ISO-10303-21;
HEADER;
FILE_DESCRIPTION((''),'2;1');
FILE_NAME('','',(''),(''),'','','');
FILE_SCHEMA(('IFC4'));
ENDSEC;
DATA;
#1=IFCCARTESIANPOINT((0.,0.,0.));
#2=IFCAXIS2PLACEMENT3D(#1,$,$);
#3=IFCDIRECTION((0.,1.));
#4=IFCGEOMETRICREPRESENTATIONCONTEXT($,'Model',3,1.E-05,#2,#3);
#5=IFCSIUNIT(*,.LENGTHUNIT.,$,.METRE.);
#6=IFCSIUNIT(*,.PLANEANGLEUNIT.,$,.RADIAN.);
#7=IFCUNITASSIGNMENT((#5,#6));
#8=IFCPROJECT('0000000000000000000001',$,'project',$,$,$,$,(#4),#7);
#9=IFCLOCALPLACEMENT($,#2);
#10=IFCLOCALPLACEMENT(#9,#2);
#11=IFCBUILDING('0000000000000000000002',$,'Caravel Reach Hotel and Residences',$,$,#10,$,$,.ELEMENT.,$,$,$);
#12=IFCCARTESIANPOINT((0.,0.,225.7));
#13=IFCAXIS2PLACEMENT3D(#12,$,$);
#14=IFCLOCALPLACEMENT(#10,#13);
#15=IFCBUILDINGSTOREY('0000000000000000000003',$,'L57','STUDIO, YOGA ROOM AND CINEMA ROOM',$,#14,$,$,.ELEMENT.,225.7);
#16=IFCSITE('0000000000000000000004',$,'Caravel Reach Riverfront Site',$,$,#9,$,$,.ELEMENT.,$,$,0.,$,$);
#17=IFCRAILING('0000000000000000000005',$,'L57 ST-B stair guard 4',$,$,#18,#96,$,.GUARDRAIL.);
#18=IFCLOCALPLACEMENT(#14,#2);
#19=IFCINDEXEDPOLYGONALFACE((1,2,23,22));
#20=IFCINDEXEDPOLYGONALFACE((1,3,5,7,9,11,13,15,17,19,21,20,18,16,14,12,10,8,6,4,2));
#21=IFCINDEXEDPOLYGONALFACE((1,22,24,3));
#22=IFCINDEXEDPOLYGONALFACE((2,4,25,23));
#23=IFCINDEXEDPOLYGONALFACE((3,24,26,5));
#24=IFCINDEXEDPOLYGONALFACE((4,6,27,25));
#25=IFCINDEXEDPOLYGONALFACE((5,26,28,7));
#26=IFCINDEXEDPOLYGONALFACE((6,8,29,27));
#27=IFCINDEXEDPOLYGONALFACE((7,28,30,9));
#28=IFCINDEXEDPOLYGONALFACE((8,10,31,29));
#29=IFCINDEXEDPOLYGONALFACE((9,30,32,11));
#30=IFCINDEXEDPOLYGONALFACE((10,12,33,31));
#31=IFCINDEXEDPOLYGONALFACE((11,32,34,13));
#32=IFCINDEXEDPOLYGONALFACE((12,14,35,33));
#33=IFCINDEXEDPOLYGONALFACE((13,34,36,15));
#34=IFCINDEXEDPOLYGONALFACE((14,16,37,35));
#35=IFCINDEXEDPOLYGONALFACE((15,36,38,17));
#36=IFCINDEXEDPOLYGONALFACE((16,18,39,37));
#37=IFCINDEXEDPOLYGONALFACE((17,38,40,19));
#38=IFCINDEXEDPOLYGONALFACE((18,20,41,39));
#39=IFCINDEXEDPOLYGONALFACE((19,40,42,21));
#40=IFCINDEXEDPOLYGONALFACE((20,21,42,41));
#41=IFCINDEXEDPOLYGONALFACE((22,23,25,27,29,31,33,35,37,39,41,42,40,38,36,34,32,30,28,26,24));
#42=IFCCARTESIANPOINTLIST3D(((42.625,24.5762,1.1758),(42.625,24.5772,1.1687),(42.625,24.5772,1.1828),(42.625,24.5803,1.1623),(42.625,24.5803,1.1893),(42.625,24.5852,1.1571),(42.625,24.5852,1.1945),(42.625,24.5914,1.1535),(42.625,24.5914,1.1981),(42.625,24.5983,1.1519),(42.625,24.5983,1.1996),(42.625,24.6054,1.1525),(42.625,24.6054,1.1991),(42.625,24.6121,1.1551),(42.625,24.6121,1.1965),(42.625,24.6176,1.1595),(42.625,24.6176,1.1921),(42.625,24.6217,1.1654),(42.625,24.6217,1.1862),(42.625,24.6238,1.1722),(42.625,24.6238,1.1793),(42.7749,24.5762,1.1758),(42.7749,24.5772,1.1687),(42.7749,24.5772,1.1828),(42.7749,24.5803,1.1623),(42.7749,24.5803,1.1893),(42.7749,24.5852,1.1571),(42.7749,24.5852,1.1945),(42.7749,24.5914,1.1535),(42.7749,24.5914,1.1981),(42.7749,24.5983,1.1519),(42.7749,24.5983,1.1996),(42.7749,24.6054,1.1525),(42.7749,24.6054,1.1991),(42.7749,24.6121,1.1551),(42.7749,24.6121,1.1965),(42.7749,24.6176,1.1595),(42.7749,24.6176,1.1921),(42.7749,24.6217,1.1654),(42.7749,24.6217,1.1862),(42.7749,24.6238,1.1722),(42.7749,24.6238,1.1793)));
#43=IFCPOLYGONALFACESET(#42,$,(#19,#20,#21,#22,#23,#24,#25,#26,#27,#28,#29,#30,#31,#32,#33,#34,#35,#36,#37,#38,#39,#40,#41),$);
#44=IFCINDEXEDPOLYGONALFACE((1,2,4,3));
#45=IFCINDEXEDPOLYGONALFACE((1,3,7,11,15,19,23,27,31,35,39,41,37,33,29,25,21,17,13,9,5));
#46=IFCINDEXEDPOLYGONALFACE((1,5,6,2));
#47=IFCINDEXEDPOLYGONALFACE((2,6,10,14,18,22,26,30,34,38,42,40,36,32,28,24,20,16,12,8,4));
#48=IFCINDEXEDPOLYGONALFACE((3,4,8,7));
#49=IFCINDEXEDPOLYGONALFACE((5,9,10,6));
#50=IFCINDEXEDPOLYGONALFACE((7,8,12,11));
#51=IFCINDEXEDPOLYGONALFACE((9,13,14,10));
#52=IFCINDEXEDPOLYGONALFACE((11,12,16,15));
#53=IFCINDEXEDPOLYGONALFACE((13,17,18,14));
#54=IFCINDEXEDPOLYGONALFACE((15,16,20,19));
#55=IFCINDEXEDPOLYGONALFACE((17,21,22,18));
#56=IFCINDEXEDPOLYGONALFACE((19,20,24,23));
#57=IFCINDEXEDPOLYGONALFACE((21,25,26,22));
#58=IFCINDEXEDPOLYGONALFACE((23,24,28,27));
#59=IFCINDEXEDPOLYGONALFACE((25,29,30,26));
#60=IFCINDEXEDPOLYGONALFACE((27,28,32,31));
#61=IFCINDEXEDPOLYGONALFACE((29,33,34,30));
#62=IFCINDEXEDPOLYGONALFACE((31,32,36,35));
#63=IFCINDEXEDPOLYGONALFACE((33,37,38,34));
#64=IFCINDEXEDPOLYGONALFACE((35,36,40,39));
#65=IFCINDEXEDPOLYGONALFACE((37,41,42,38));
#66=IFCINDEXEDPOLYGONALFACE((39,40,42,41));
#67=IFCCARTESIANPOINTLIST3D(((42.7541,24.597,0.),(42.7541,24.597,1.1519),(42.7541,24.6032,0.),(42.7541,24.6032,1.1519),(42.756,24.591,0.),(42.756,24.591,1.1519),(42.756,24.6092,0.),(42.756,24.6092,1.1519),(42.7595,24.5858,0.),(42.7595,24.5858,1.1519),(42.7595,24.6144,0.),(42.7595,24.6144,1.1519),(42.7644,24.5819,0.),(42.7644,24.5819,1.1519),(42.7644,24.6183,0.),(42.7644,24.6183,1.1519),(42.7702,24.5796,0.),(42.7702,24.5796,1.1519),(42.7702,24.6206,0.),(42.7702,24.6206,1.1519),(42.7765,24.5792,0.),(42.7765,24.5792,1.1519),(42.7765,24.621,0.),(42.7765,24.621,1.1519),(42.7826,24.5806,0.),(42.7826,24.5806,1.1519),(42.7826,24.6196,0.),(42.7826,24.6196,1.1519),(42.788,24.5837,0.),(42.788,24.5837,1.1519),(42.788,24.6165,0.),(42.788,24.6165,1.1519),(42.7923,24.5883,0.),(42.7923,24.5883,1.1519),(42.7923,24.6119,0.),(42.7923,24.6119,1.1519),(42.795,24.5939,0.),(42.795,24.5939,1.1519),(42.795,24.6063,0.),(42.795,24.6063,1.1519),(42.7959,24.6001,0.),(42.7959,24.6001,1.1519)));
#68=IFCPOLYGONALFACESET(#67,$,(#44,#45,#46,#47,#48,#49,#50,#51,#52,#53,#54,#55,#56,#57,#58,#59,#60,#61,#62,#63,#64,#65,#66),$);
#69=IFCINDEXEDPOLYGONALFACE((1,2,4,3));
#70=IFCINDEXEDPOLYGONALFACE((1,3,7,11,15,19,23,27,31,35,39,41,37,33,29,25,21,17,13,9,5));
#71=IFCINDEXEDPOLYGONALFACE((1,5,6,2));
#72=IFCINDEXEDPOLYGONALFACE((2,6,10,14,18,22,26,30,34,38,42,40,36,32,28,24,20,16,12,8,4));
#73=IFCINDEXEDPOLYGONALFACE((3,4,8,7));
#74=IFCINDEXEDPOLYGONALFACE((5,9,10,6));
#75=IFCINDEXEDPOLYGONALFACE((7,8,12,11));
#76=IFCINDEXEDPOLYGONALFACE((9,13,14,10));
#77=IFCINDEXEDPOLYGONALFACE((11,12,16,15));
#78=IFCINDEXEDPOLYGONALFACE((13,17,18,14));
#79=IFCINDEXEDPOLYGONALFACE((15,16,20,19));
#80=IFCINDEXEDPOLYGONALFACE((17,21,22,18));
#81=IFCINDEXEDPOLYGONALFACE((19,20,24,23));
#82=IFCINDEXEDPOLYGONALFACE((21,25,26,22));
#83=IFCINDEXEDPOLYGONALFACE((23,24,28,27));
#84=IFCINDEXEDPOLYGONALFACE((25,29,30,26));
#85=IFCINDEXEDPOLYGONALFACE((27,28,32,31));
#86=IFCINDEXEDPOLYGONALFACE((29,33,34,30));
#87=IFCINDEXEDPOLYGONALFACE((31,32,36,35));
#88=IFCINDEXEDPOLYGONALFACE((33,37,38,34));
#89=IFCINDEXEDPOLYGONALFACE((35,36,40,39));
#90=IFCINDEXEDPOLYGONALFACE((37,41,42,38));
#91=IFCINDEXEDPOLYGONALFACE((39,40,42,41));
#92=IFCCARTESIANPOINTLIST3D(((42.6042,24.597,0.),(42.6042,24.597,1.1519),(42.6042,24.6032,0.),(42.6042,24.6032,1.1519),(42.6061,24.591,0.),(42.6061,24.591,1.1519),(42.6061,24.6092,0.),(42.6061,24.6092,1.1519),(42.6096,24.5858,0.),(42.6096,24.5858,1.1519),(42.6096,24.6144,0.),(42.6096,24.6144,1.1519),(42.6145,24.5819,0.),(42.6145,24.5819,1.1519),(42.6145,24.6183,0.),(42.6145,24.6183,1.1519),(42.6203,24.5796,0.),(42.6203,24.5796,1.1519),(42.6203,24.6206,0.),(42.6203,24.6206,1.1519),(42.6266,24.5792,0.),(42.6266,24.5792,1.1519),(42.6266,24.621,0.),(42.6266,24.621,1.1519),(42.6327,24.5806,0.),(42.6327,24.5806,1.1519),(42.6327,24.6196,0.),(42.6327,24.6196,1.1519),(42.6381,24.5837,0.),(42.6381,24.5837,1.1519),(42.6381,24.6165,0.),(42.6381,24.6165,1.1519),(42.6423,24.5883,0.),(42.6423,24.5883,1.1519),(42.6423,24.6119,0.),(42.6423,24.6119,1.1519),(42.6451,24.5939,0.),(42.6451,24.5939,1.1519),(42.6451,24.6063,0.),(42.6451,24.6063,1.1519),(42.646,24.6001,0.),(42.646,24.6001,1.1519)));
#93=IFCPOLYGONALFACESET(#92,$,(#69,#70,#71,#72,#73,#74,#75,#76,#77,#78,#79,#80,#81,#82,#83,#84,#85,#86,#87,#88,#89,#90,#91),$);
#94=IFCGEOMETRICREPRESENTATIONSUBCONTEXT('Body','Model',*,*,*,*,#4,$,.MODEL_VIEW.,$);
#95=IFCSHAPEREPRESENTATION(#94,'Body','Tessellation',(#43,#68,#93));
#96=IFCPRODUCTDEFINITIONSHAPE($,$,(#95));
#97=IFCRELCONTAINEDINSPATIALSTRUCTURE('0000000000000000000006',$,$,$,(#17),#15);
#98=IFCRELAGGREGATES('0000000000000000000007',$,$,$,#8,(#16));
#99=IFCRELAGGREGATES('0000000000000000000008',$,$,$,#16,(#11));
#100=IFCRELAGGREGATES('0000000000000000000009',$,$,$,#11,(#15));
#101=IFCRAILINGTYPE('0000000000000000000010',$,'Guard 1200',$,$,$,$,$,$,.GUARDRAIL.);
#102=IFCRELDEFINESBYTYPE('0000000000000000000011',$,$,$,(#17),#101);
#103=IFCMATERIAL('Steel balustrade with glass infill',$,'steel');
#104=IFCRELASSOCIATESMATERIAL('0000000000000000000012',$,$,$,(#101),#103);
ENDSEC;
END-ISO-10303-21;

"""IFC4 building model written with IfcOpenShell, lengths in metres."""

from ifc_helpers import new_model, si_unit, direction, frame, origin, origin_2d, place, context, subcontext, project, spatial, circle, extrude, material, type_object, element, save


model = new_model("IFC4")

# Units and contexts
model_context = context("Model", 3, precision=1e-05, world=origin(), true_north=direction((0.0, 1.0)))
body_context = subcontext(model_context, "Body", "Model", "MODEL_VIEW")
ifc_project = project(units=[si_unit("LENGTHUNIT", "METRE"), si_unit("PLANEANGLEUNIT", "RADIAN")], contexts=[model_context])

# Site, building, storey
site_placement = place(None, origin())
site = spatial("IfcSite", under=ifc_project, at=site_placement, Name="Caravel Reach Riverfront Site", CompositionType="ELEMENT", RefElevation=0.0)
building_placement = place(site_placement, origin())
building = spatial("IfcBuilding", under=site, at=building_placement, Name="Caravel Reach Hotel and Residences", CompositionType="ELEMENT")
storey_placement = place(building_placement, frame((0.0, 0.0, 225.7)))
storey = spatial("IfcBuildingStorey", under=building, at=storey_placement, Name="L57", Description="STUDIO, YOGA ROOM AND CINEMA ROOM", CompositionType="ELEMENT", Elevation=225.7)

# Railing
ifc_material_1 = material(Name="Steel balustrade with glass infill", Category="steel")
railing_type_1 = type_object("IfcRailingType", Name="Guard 1200", PredefinedType="GUARDRAIL", material=ifc_material_1)
railing_1_placement = place(storey_placement, frame((42.7749, 24.6001, 0.0)))
element("IfcRailing", 1, at=railing_1_placement, inside=storey, type_object=railing_type_1, Name="L57 ST-B stair guard 4", PredefinedType="GUARDRAIL", context=body_context, shape_type="SweptSolid", body=[
    extrude(circle(Radius=0.0239, at=origin_2d()), frame((0.0, 0.0, 1.1758), z_axis=(-1.0, 0.0, 0.0), x_axis=(0.0, -1.0, 0.0)), (0.0, 0.0, 1.0), 0.1499),
    extrude(circle(Radius=0.021, at=origin_2d()), origin(), (0.0, 0.0, 1.0), 1.1519),
    extrude(circle(Radius=0.021, at=origin_2d()), frame((-0.1499, 0.0, 0.0)), (0.0, 0.0, 1.0), 1.1519),
])

save(model, "model.ifc")
